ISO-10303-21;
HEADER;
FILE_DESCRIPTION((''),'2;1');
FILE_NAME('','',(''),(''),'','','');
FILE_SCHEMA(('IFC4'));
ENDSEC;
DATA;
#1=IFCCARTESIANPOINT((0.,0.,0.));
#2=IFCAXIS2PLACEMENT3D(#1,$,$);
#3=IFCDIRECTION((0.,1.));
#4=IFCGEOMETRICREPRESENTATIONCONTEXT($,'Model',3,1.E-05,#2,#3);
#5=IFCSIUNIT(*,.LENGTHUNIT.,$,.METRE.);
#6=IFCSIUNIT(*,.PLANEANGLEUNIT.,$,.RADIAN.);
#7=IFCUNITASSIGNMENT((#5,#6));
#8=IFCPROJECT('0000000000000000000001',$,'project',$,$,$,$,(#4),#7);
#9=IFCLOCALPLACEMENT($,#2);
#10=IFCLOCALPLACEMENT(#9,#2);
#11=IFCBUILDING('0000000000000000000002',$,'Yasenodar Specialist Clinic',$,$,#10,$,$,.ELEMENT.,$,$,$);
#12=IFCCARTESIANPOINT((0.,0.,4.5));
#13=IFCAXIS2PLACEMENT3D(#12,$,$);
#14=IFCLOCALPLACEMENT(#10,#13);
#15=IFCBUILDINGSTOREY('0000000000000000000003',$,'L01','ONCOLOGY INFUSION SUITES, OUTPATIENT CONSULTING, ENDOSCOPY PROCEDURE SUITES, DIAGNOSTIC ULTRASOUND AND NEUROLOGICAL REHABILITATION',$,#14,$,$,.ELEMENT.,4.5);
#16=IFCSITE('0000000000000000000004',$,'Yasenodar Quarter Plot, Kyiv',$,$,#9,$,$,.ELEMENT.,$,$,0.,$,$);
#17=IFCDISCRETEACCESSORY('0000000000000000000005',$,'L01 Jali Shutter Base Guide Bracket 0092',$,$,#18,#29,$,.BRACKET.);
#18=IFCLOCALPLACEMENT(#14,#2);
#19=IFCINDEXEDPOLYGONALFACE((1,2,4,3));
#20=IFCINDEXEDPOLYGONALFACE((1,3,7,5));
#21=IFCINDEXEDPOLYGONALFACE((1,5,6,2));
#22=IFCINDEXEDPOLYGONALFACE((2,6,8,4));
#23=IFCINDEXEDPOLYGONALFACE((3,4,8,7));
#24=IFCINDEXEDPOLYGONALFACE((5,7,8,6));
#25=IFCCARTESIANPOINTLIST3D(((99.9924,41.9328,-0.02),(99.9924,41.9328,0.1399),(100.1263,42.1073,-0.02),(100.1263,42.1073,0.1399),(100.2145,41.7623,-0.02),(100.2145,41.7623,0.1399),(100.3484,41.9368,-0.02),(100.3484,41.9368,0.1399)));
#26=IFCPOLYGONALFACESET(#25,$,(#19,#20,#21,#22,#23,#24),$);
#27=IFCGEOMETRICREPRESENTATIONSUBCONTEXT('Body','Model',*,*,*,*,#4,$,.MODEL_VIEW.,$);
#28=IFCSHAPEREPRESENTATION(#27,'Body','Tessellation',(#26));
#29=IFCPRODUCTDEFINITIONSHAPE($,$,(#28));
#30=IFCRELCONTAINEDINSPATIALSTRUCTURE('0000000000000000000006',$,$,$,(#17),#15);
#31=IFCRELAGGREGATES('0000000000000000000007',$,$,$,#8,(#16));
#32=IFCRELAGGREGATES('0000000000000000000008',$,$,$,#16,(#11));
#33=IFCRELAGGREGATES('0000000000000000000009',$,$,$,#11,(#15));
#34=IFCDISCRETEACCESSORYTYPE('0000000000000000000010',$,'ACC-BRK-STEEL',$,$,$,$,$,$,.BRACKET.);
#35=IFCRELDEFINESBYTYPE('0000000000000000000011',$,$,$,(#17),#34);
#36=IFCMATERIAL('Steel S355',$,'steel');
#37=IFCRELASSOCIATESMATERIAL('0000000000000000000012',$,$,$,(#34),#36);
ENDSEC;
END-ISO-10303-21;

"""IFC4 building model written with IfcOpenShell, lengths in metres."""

from ifc_helpers import new_model, si_unit, direction, frame, origin, origin_2d, place, context, subcontext, project, spatial, rectangle, extrude, material, type_object, element, save


model = new_model("IFC4")

# Units and contexts
model_context = context("Model", 3, precision=1e-05, world=origin(), true_north=direction((0.0, 1.0)))
body_context = subcontext(model_context, "Body", "Model", "MODEL_VIEW")
ifc_project = project(units=[si_unit("LENGTHUNIT", "METRE"), si_unit("PLANEANGLEUNIT", "RADIAN")], contexts=[model_context])

# Site, building, storey
site_placement = place(None, origin())
site = spatial("IfcSite", under=ifc_project, at=site_placement, Name="Yasenodar Quarter Plot, Kyiv", CompositionType="ELEMENT", RefElevation=0.0)
building_placement = place(site_placement, origin())
building = spatial("IfcBuilding", under=site, at=building_placement, Name="Yasenodar Specialist Clinic", CompositionType="ELEMENT")
storey_placement = place(building_placement, frame((0.0, 0.0, 4.5)))
storey = spatial("IfcBuildingStorey", under=building, at=storey_placement, Name="L01", Description="ONCOLOGY INFUSION SUITES, OUTPATIENT CONSULTING, ENDOSCOPY PROCEDURE SUITES, DIAGNOSTIC ULTRASOUND AND NEUROLOGICAL REHABILITATION", CompositionType="ELEMENT", Elevation=4.5)

# Shared definitions
ifc_material_1 = material(Name="Steel S355", Category="steel")

# Discrete accessory
discrete_accessory_type = type_object("IfcDiscreteAccessoryType", Name="ACC-BRK-STEEL", PredefinedType="BRACKET", material=ifc_material_1)
discrete_accessory_placement = place(storey_placement, frame((100.1704, 41.9348, -0.02), z_axis=(0.0, 0.0, 1.0), x_axis=(0.608764, 0.793351, 0.0)))
element("IfcDiscreteAccessory", 1, at=discrete_accessory_placement, inside=storey, type_object=discrete_accessory_type, Name="L01 Jali Shutter Base Guide Bracket 0092", PredefinedType="BRACKET", context=body_context, shape_type="SweptSolid", body=[
    extrude(rectangle(XDim=0.22, YDim=0.28, at=origin_2d()), origin(), (0.0, 0.0, 1.0), 0.1599),
])

save(model, "model.ifc")
